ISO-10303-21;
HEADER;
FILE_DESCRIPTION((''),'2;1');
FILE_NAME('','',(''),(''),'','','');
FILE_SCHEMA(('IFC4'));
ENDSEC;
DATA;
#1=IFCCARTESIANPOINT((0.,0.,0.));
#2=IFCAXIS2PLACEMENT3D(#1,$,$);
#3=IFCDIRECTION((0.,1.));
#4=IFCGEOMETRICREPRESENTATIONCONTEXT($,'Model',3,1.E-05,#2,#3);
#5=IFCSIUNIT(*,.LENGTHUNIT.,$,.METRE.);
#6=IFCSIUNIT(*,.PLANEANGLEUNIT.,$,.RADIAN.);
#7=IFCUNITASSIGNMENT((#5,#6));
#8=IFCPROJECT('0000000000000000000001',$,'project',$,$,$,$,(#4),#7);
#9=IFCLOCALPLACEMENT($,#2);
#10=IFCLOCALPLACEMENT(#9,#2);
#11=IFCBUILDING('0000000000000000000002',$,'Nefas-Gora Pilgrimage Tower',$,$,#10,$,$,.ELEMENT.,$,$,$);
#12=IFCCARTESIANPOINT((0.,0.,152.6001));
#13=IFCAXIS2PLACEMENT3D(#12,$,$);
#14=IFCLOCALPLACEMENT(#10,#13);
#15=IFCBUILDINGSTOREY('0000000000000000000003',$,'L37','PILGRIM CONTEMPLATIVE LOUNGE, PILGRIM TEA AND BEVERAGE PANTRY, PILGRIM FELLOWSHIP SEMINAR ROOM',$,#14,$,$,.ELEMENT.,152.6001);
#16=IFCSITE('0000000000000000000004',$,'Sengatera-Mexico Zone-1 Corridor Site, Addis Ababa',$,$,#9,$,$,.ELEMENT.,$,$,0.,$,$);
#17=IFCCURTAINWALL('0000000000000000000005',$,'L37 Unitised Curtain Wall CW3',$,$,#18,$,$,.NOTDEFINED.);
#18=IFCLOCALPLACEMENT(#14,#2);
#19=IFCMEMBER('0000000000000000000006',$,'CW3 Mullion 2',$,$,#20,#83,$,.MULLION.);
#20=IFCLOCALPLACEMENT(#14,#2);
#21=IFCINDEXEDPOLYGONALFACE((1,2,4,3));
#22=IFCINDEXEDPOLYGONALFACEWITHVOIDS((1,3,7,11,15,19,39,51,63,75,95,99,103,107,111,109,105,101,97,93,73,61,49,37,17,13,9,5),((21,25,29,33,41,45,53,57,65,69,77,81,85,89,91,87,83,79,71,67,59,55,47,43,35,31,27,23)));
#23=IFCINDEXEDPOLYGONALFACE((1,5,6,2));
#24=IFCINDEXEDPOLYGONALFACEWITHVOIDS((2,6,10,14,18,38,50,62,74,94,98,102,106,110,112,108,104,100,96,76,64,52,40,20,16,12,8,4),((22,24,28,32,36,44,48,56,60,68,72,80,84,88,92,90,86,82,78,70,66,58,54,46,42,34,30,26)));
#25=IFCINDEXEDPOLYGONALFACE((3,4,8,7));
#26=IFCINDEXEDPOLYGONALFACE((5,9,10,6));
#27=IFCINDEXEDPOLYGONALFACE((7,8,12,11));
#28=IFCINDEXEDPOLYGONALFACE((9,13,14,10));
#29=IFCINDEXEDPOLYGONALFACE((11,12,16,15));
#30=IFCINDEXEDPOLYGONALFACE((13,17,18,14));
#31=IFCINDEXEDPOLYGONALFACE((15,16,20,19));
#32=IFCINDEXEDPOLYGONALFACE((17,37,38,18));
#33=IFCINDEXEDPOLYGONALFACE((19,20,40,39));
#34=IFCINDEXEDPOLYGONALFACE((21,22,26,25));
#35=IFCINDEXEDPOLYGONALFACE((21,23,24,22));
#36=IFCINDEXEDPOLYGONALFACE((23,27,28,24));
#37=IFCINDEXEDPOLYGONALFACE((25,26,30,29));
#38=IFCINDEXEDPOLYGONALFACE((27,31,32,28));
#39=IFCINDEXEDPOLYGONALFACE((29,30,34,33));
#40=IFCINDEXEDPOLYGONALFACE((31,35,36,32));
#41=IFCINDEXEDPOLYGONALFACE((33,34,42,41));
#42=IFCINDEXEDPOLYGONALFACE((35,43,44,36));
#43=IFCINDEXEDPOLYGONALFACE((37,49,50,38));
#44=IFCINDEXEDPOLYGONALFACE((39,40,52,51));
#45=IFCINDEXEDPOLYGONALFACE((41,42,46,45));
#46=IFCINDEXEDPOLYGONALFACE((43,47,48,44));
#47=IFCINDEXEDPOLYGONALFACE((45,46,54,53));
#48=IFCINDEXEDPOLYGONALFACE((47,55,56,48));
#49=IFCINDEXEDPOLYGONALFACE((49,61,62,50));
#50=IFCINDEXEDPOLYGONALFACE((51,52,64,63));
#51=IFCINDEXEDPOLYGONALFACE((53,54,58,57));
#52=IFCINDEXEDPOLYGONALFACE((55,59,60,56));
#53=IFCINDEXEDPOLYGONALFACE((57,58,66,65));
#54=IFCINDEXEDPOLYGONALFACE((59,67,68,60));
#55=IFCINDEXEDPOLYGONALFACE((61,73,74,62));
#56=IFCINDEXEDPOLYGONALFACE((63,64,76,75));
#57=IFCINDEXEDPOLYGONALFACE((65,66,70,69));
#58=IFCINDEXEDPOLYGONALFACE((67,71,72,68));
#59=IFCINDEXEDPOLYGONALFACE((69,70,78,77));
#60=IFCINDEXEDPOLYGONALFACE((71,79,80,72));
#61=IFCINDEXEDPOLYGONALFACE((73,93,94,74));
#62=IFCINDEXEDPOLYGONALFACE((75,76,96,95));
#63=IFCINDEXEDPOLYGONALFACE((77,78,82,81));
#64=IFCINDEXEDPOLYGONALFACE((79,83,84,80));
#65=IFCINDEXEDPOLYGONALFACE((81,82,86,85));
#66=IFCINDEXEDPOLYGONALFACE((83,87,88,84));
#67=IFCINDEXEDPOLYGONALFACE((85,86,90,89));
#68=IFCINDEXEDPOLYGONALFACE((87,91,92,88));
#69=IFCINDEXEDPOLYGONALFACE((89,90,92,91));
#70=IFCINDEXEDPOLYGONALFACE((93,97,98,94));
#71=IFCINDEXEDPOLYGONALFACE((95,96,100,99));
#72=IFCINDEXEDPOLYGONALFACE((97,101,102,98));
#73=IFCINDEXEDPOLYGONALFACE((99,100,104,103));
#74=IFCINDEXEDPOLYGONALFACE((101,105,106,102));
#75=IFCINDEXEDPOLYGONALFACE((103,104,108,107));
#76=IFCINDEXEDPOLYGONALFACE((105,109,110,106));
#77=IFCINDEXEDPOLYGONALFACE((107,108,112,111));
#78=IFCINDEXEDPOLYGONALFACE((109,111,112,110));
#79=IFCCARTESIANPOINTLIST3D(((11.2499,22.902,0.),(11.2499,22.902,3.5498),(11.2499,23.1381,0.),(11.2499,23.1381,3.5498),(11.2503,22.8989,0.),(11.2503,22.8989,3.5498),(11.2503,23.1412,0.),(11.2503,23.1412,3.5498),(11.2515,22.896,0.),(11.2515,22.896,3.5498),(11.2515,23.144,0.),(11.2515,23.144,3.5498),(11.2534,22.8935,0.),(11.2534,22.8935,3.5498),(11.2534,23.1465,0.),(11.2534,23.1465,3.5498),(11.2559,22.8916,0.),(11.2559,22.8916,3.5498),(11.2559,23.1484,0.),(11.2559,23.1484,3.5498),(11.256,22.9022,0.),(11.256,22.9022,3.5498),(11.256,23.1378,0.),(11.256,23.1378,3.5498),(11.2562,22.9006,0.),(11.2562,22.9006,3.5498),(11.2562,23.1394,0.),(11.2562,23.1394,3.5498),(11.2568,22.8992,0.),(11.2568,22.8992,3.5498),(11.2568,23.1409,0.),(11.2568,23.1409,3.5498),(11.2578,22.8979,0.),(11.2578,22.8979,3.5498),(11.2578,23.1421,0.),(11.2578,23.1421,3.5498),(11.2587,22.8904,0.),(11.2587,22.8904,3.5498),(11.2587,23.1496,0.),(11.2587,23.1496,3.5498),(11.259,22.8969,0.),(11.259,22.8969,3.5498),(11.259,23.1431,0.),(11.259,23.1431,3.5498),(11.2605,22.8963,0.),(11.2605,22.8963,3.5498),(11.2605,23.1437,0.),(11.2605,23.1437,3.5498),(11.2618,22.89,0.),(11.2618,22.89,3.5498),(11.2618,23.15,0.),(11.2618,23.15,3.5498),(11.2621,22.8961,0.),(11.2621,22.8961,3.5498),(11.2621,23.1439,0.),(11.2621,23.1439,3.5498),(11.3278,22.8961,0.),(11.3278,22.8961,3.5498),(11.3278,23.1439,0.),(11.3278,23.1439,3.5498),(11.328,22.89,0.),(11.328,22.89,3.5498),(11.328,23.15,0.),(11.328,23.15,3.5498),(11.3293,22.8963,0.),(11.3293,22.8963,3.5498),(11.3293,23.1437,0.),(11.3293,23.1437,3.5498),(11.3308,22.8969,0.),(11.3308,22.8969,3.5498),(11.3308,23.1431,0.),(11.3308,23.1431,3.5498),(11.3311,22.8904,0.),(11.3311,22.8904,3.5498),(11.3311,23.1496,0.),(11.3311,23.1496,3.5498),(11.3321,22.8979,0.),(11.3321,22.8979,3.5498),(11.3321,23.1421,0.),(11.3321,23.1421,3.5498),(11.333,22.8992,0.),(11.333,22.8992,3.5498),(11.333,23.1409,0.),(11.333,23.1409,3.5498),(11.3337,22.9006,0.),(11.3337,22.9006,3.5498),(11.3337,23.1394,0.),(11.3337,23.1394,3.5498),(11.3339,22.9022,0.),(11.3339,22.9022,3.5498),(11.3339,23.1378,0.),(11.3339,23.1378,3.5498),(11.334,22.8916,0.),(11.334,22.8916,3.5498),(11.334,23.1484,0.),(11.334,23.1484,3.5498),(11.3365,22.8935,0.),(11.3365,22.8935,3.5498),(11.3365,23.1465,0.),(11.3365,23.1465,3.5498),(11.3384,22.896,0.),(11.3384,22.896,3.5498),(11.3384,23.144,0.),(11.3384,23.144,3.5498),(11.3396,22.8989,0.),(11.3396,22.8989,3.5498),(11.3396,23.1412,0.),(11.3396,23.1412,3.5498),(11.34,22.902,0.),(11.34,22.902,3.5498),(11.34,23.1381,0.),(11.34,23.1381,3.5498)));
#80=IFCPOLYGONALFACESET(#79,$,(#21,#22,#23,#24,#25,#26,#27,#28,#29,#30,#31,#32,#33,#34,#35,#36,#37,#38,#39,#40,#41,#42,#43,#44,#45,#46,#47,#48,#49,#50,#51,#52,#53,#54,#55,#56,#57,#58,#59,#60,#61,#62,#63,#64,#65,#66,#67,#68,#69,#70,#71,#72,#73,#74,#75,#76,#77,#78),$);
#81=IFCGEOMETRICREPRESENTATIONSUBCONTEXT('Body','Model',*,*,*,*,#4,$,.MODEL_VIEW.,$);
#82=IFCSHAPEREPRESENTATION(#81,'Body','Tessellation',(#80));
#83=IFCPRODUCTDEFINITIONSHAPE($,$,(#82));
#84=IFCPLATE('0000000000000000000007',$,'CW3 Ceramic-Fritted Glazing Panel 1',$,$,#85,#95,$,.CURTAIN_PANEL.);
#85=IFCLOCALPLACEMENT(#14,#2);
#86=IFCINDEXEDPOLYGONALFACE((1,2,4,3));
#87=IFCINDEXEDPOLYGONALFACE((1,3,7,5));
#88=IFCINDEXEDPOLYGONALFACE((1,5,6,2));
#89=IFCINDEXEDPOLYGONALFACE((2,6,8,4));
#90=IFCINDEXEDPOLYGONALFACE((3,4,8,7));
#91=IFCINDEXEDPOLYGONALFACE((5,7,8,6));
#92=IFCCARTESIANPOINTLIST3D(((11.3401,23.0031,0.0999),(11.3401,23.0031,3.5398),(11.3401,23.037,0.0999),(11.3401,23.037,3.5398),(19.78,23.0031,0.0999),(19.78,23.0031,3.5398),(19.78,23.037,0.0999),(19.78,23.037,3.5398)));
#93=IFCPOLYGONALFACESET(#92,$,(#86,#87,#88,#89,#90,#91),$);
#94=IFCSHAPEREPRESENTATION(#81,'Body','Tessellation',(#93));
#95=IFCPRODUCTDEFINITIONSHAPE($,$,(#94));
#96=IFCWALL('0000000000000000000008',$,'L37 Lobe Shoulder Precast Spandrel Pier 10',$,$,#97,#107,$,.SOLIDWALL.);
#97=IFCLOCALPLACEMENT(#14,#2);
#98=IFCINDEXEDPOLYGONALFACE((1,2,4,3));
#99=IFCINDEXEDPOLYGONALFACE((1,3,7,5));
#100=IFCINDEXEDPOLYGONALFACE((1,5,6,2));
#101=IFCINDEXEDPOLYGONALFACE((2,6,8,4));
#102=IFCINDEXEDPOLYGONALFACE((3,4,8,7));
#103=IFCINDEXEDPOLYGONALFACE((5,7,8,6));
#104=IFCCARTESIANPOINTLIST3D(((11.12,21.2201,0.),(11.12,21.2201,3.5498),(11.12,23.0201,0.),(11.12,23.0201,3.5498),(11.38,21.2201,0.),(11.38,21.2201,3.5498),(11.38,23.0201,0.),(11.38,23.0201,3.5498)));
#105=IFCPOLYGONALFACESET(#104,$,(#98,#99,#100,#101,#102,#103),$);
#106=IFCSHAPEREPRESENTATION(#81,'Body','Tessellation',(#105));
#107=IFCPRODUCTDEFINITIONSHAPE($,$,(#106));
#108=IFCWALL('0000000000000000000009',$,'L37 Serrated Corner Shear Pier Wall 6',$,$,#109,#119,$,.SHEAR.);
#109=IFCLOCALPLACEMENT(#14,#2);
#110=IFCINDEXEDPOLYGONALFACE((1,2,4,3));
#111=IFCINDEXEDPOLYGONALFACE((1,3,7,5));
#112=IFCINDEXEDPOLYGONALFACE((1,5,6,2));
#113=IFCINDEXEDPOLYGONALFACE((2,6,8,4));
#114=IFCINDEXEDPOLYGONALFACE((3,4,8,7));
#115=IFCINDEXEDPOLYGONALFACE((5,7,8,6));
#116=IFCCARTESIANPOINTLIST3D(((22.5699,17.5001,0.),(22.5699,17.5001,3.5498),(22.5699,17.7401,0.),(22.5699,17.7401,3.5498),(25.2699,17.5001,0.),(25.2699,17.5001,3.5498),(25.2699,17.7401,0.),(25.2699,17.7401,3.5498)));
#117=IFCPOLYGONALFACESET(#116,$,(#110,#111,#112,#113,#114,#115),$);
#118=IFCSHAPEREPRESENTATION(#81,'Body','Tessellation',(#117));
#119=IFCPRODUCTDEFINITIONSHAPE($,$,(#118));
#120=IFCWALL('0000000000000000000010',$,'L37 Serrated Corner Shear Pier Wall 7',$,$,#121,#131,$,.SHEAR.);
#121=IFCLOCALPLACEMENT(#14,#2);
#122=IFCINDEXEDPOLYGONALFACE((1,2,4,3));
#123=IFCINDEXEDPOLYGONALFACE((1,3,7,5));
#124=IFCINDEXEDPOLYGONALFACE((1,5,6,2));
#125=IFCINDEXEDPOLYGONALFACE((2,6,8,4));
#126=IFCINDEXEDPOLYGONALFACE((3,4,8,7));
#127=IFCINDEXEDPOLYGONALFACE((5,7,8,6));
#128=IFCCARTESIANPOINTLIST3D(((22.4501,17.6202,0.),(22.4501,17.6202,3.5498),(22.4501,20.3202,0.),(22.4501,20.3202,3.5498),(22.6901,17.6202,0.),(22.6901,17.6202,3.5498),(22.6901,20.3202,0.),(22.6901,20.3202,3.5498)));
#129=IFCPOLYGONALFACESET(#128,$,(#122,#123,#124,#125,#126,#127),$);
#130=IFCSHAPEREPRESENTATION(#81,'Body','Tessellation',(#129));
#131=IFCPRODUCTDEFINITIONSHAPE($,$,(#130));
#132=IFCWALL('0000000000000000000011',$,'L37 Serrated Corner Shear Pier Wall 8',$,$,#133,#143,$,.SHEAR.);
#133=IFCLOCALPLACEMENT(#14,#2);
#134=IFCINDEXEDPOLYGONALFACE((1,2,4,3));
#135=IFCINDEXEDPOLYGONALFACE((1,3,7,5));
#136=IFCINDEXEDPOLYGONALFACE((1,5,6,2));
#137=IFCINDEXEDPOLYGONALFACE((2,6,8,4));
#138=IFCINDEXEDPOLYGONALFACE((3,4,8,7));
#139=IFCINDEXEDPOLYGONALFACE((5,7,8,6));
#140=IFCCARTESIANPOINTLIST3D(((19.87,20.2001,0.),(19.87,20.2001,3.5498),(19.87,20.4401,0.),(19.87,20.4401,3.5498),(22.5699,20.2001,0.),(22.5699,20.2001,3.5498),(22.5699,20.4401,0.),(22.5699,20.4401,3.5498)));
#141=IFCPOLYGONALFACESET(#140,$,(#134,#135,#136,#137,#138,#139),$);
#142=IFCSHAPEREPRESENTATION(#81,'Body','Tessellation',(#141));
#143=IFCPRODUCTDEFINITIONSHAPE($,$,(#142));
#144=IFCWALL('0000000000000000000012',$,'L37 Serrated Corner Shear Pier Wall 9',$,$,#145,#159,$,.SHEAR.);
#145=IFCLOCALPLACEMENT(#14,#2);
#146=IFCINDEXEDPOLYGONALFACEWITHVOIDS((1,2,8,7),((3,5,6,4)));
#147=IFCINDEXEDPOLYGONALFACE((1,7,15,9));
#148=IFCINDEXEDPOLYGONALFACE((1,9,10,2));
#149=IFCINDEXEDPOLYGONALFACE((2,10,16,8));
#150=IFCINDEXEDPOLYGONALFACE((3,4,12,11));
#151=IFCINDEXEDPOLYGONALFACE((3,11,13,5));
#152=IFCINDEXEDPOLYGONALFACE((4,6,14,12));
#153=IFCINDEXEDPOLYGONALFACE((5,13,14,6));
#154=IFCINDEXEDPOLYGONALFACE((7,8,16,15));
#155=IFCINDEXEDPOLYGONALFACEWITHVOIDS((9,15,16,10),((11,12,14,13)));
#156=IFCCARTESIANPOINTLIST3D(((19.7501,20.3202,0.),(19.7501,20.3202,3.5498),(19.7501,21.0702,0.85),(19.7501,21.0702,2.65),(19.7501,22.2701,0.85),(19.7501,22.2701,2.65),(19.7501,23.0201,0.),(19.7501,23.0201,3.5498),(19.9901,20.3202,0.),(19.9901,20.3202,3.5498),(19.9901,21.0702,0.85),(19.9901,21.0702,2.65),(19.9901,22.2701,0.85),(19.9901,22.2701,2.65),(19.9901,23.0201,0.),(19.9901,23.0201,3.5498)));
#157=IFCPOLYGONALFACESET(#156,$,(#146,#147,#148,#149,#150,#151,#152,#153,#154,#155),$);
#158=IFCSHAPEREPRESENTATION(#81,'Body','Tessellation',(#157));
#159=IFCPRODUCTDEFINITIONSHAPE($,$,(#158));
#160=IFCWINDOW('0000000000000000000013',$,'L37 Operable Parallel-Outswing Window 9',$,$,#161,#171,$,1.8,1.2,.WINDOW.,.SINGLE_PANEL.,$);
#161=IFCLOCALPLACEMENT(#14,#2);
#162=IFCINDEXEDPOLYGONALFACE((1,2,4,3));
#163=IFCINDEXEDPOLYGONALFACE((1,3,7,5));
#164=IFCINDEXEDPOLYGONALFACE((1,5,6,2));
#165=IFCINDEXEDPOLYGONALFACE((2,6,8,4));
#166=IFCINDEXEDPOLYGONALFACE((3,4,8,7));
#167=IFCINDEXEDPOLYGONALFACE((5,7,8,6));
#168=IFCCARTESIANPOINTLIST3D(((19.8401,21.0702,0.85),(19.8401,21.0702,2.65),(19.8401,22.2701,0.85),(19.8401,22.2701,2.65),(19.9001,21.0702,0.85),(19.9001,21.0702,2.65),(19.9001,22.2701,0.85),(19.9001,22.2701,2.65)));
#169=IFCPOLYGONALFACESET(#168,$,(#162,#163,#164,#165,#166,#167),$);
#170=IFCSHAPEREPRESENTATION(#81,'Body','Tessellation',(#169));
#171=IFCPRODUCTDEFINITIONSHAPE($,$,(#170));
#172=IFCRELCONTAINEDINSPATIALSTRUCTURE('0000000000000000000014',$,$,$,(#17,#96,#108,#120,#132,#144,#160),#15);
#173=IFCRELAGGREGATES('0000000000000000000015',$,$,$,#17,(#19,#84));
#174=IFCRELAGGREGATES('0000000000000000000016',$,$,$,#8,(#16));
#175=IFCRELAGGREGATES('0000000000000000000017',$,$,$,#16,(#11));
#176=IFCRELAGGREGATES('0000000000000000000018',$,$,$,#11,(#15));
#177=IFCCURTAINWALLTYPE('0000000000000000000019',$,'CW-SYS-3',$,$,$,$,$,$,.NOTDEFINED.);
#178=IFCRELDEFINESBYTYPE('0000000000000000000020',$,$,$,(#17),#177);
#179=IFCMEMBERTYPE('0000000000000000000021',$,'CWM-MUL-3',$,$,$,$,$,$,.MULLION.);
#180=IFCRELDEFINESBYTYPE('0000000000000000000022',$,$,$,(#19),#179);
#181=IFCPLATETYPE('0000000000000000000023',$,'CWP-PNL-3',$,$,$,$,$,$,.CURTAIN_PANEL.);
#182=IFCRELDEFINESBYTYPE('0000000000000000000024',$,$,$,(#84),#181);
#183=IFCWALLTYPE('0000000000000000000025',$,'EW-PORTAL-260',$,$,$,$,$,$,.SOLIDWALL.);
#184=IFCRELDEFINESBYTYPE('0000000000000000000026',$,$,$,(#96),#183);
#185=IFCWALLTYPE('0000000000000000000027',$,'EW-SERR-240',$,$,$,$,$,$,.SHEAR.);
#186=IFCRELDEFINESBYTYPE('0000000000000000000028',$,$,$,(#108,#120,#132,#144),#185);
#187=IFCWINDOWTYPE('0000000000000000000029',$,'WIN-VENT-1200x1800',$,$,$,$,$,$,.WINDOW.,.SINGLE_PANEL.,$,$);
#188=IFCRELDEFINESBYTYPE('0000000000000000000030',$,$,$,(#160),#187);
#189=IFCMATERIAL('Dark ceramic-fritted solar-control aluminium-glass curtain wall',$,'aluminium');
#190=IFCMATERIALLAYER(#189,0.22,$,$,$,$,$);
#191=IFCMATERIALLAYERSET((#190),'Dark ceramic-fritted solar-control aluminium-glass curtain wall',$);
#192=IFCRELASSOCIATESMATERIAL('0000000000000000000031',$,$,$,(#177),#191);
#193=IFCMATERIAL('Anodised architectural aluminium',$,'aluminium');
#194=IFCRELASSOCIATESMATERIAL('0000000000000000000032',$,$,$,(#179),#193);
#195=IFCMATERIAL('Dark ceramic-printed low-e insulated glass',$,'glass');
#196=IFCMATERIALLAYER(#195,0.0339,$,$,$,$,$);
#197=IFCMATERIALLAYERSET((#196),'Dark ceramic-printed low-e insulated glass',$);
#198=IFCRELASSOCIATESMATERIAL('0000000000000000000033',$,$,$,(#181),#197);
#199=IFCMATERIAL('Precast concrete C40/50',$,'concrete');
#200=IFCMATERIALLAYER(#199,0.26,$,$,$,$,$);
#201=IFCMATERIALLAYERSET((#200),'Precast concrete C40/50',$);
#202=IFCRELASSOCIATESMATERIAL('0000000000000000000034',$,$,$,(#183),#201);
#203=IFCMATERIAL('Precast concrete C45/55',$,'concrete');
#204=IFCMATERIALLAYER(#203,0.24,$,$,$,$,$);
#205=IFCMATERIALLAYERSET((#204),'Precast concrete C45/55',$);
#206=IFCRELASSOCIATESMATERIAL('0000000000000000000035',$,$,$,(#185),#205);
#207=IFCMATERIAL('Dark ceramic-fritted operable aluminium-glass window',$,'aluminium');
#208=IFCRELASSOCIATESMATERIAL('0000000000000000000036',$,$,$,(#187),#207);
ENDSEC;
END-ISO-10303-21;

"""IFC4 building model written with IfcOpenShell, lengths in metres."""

from ifc_helpers import new_model, si_unit, direction, frame, frame_2d, origin, origin_2d, place, context, subcontext, project, spatial, rectangle, hollow_rectangle, extrude, source, transform, mapped, material, layer, layer_set, material_profile, profile_set, type_object, element, fill, aggregate, save


model = new_model("IFC4")

# Units and contexts
model_context = context("Model", 3, precision=1e-05, world=origin(), true_north=direction((0.0, 1.0)))
body_context = subcontext(model_context, "Body", "Model", "MODEL_VIEW")
ifc_project = project(units=[si_unit("LENGTHUNIT", "METRE"), si_unit("PLANEANGLEUNIT", "RADIAN")], contexts=[model_context])

# Site, building, storey
site_placement = place(None, origin())
site = spatial("IfcSite", under=ifc_project, at=site_placement, Name="Sengatera-Mexico Zone-1 Corridor Site, Addis Ababa", CompositionType="ELEMENT", RefElevation=0.0)
building_placement = place(site_placement, origin())
building = spatial("IfcBuilding", under=site, at=building_placement, Name="Nefas-Gora Pilgrimage Tower", CompositionType="ELEMENT")
storey_placement = place(building_placement, frame((0.0, 0.0, 152.6001)))
storey = spatial("IfcBuildingStorey", under=building, at=storey_placement, Name="L37", Description="PILGRIM CONTEMPLATIVE LOUNGE, PILGRIM TEA AND BEVERAGE PANTRY, PILGRIM FELLOWSHIP SEMINAR ROOM", CompositionType="ELEMENT", Elevation=152.6001)

# Curtain wall
ifc_material_1 = material(Name="Dark ceramic-fritted solar-control aluminium-glass curtain wall", Category="aluminium")
ifc_layer_1 = layer(ifc_material_1, 0.22)
ifc_layer_set_1 = layer_set([ifc_layer_1], Name="Dark ceramic-fritted solar-control aluminium-glass curtain wall")
curtain_wall_type = type_object("IfcCurtainWallType", Name="CW-SYS-3", PredefinedType="NOTDEFINED", material=ifc_layer_set_1)
curtain_wall_1_placement = place(storey_placement, origin())
curtain_wall_1 = element("IfcCurtainWall", 1, at=curtain_wall_1_placement, inside=storey, type_object=curtain_wall_type, Name="L37 Unitised Curtain Wall CW3", PredefinedType="NOTDEFINED")
ifc_material_2 = material(Name="Anodised architectural aluminium", Category="aluminium")
ifc_material_profile_1 = material_profile(ifc_material_2, hollow_rectangle(XDim=0.0901, YDim=0.26, WallThickness=0.0061, InnerFilletRadius=0.0061, OuterFilletRadius=0.012, at=origin_2d()), Name="ALU MULLION 90x260")
ifc_profile_set_1 = profile_set([ifc_material_profile_1], Name="Anodised architectural aluminium")
member_type_1 = type_object("IfcMemberType", Name="CWM-MUL-3", PredefinedType="MULLION", material=ifc_profile_set_1)
shared_shape_1 = source(origin(), body_context, "Body", "SweptSolid", [
    extrude(hollow_rectangle(XDim=0.0901, YDim=0.26, WallThickness=0.0061, InnerFilletRadius=0.0061, OuterFilletRadius=0.012, at=origin_2d()), origin(), (0.0, 0.0, 1.0), 3.5498),
])

# Member
member_1_placement = place(storey_placement, frame((11.2949, 23.02, 0.0), z_axis=(0.0, 0.0, 1.0), x_axis=(-1.0, 0.0, 0.0)))
member_1 = element("IfcMember", 2, at=member_1_placement, type_object=member_type_1, Name="CW3 Mullion 2", PredefinedType="MULLION", context=body_context, shape_type="MappedRepresentation", body=[
    mapped(shared_shape_1, transform((0.0, 0.0, 0.0), x_axis=(1.0, 0.0, 0.0), y_axis=(0.0, 1.0, 0.0), z_axis=(0.0, 0.0, 1.0), scale=1.0)),
])

# Plate
ifc_material_3 = material(Name="Dark ceramic-printed low-e insulated glass", Category="glass")
ifc_layer_2 = layer(ifc_material_3, 0.0339)
ifc_layer_set_2 = layer_set([ifc_layer_2], Name="Dark ceramic-printed low-e insulated glass")
plate_type = type_object("IfcPlateType", Name="CWP-PNL-3", PredefinedType="CURTAIN_PANEL", material=ifc_layer_set_2)
shared_shape_2 = source(origin(), body_context, "Body", "SweptSolid", [
    extrude(rectangle(XDim=8.4399, YDim=0.0339, at=origin_2d()), origin(), (0.0, 0.0, 1.0), 3.4399),
])
plate_placement = place(storey_placement, frame((15.5601, 23.02, 0.0999), z_axis=(0.0, 0.0, 1.0), x_axis=(-1.0, 0.0, 0.0)))
plate = element("IfcPlate", 3, at=plate_placement, type_object=plate_type, Name="CW3 Ceramic-Fritted Glazing Panel 1", PredefinedType="CURTAIN_PANEL", context=body_context, shape_type="MappedRepresentation", body=[
    mapped(shared_shape_2, transform((0.0, 0.0, 0.0), x_axis=(1.0, 0.0, 0.0), y_axis=(0.0, 1.0, 0.0), z_axis=(0.0, 0.0, 1.0), scale=1.0)),
])
aggregate(curtain_wall_1, [member_1, plate])

# Walls
ifc_material_4 = material(Name="Precast concrete C40/50", Category="concrete")
ifc_layer_3 = layer(ifc_material_4, 0.26)
ifc_layer_set_3 = layer_set([ifc_layer_3], Name="Precast concrete C40/50")
wall_type_1 = type_object("IfcWallType", Name="EW-PORTAL-260", PredefinedType="SOLIDWALL", material=ifc_layer_set_3)
shared_shape_3 = source(origin(), body_context, "Body", "SweptSolid", [
    extrude(rectangle(XDim=1.8, YDim=0.26, at=frame_2d((0.8999, 0.0))), origin(), (0.0, 0.0, 1.0), 3.5498),
])
wall_1_placement = place(storey_placement, frame((11.25, 23.02, 0.0), z_axis=(0.0, 0.0, 1.0), x_axis=(0.0, -1.0, 0.0)))
element("IfcWall", 4, at=wall_1_placement, inside=storey, type_object=wall_type_1, Name="L37 Lobe Shoulder Precast Spandrel Pier 10", PredefinedType="SOLIDWALL", context=body_context, shape_type="MappedRepresentation", body=[
    mapped(shared_shape_3, transform((0.0, 0.0, 0.0), x_axis=(1.0, 0.0, 0.0), y_axis=(0.0, 1.0, 0.0), z_axis=(0.0, 0.0, 1.0), scale=1.0)),
])
ifc_material_5 = material(Name="Precast concrete C45/55", Category="concrete")
ifc_layer_4 = layer(ifc_material_5, 0.24)
ifc_layer_set_4 = layer_set([ifc_layer_4], Name="Precast concrete C45/55")
wall_type_2 = type_object("IfcWallType", Name="EW-SERR-240", PredefinedType="SHEAR", material=ifc_layer_set_4)
shared_shape_4 = source(origin(), body_context, "Body", "SweptSolid", [
    extrude(rectangle(XDim=2.7, YDim=0.24, at=frame_2d((1.3501, 0.0))), origin(), (0.0, 0.0, 1.0), 3.5498),
])
for number, where, z_axis, x_axis, name in (
    (5, (25.27, 17.6201, 0.0), (0.0, 0.0, 1.0), (-1.0, 0.0, 0.0), "L37 Serrated Corner Shear Pier Wall 6"),
    (6, (22.5701, 17.6201, 0.0), (0.0, 0.0, 1.0), (0.0, 1.0, 0.0), "L37 Serrated Corner Shear Pier Wall 7"),
    (7, (22.5701, 20.3201, 0.0), (0.0, 0.0, 1.0), (-1.0, 0.0, 0.0), "L37 Serrated Corner Shear Pier Wall 8"),
):
    element("IfcWall", number, at=place(storey_placement, frame(where, z_axis=z_axis, x_axis=x_axis)), inside=storey, type_object=wall_type_2, Name=name, PredefinedType="SHEAR", context=body_context, shape_type="MappedRepresentation", body=[
        mapped(shared_shape_4, transform((0.0, 0.0, 0.0), x_axis=(1.0, 0.0, 0.0), y_axis=(0.0, 1.0, 0.0), z_axis=(0.0, 0.0, 1.0), scale=1.0)),
    ])

# Wall, opening, window
wall_2_placement = place(storey_placement, frame((19.8701, 20.3201, 0.0), z_axis=(0.0, 0.0, 1.0), x_axis=(0.0, 1.0, 0.0)))
wall_2 = element("IfcWall", 8, at=wall_2_placement, inside=storey, type_object=wall_type_2, Name="L37 Serrated Corner Shear Pier Wall 9", PredefinedType="SHEAR", context=body_context, shape_type="MappedRepresentation", body=[
    mapped(shared_shape_4, transform((0.0, 0.0, 0.0), x_axis=(1.0, 0.0, 0.0), y_axis=(0.0, 1.0, 0.0), z_axis=(0.0, 0.0, 1.0), scale=1.0)),
])
opening_1_placement = place(wall_2_placement, frame((0.75, 0.0, 0.8501)))
opening_1 = element("IfcOpeningElement", 9, at=opening_1_placement, cuts=wall_2, PredefinedType="OPENING", context=body_context, shape_type="SweptSolid", body=[
    extrude(rectangle(XDim=1.2, YDim=1.8, at=frame_2d((0.6001, 0.8999))), frame((0.0, 0.1299, 0.0), z_axis=(0.0, -1.0, 0.0), x_axis=(1.0, 0.0, 0.0)), (0.0, 0.0, 1.0), 0.26),
])
ifc_material_6 = material(Name="Dark ceramic-fritted operable aluminium-glass window", Category="aluminium")
window_type = type_object("IfcWindowType", Name="WIN-VENT-1200x1800", PartitioningType="SINGLE_PANEL", PredefinedType="WINDOW", material=ifc_material_6)
shared_shape_5 = source(origin(), body_context, "Body", "SweptSolid", [
    extrude(rectangle(XDim=1.2, YDim=1.8, at=frame_2d((0.6001, 0.8999))), frame((0.0, 0.03, 0.0), z_axis=(0.0, -1.0, 0.0), x_axis=(1.0, 0.0, 0.0)), (0.0, 0.0, 1.0), 0.0601),
])
window_placement = place(opening_1_placement, origin())
window = element("IfcWindow", 10, at=window_placement, inside=storey, type_object=window_type, Name="L37 Operable Parallel-Outswing Window 9", OverallHeight=1.8, OverallWidth=1.2, PartitioningType="SINGLE_PANEL", PredefinedType="WINDOW", context=body_context, shape_type="MappedRepresentation", body=[
    mapped(shared_shape_5, transform((0.0, 0.0, 0.0), x_axis=(1.0, 0.0, 0.0), y_axis=(0.0, 1.0, 0.0), z_axis=(0.0, 0.0, 1.0), scale=1.0)),
])
fill(opening_1, window)

save(model, "model.ifc")
